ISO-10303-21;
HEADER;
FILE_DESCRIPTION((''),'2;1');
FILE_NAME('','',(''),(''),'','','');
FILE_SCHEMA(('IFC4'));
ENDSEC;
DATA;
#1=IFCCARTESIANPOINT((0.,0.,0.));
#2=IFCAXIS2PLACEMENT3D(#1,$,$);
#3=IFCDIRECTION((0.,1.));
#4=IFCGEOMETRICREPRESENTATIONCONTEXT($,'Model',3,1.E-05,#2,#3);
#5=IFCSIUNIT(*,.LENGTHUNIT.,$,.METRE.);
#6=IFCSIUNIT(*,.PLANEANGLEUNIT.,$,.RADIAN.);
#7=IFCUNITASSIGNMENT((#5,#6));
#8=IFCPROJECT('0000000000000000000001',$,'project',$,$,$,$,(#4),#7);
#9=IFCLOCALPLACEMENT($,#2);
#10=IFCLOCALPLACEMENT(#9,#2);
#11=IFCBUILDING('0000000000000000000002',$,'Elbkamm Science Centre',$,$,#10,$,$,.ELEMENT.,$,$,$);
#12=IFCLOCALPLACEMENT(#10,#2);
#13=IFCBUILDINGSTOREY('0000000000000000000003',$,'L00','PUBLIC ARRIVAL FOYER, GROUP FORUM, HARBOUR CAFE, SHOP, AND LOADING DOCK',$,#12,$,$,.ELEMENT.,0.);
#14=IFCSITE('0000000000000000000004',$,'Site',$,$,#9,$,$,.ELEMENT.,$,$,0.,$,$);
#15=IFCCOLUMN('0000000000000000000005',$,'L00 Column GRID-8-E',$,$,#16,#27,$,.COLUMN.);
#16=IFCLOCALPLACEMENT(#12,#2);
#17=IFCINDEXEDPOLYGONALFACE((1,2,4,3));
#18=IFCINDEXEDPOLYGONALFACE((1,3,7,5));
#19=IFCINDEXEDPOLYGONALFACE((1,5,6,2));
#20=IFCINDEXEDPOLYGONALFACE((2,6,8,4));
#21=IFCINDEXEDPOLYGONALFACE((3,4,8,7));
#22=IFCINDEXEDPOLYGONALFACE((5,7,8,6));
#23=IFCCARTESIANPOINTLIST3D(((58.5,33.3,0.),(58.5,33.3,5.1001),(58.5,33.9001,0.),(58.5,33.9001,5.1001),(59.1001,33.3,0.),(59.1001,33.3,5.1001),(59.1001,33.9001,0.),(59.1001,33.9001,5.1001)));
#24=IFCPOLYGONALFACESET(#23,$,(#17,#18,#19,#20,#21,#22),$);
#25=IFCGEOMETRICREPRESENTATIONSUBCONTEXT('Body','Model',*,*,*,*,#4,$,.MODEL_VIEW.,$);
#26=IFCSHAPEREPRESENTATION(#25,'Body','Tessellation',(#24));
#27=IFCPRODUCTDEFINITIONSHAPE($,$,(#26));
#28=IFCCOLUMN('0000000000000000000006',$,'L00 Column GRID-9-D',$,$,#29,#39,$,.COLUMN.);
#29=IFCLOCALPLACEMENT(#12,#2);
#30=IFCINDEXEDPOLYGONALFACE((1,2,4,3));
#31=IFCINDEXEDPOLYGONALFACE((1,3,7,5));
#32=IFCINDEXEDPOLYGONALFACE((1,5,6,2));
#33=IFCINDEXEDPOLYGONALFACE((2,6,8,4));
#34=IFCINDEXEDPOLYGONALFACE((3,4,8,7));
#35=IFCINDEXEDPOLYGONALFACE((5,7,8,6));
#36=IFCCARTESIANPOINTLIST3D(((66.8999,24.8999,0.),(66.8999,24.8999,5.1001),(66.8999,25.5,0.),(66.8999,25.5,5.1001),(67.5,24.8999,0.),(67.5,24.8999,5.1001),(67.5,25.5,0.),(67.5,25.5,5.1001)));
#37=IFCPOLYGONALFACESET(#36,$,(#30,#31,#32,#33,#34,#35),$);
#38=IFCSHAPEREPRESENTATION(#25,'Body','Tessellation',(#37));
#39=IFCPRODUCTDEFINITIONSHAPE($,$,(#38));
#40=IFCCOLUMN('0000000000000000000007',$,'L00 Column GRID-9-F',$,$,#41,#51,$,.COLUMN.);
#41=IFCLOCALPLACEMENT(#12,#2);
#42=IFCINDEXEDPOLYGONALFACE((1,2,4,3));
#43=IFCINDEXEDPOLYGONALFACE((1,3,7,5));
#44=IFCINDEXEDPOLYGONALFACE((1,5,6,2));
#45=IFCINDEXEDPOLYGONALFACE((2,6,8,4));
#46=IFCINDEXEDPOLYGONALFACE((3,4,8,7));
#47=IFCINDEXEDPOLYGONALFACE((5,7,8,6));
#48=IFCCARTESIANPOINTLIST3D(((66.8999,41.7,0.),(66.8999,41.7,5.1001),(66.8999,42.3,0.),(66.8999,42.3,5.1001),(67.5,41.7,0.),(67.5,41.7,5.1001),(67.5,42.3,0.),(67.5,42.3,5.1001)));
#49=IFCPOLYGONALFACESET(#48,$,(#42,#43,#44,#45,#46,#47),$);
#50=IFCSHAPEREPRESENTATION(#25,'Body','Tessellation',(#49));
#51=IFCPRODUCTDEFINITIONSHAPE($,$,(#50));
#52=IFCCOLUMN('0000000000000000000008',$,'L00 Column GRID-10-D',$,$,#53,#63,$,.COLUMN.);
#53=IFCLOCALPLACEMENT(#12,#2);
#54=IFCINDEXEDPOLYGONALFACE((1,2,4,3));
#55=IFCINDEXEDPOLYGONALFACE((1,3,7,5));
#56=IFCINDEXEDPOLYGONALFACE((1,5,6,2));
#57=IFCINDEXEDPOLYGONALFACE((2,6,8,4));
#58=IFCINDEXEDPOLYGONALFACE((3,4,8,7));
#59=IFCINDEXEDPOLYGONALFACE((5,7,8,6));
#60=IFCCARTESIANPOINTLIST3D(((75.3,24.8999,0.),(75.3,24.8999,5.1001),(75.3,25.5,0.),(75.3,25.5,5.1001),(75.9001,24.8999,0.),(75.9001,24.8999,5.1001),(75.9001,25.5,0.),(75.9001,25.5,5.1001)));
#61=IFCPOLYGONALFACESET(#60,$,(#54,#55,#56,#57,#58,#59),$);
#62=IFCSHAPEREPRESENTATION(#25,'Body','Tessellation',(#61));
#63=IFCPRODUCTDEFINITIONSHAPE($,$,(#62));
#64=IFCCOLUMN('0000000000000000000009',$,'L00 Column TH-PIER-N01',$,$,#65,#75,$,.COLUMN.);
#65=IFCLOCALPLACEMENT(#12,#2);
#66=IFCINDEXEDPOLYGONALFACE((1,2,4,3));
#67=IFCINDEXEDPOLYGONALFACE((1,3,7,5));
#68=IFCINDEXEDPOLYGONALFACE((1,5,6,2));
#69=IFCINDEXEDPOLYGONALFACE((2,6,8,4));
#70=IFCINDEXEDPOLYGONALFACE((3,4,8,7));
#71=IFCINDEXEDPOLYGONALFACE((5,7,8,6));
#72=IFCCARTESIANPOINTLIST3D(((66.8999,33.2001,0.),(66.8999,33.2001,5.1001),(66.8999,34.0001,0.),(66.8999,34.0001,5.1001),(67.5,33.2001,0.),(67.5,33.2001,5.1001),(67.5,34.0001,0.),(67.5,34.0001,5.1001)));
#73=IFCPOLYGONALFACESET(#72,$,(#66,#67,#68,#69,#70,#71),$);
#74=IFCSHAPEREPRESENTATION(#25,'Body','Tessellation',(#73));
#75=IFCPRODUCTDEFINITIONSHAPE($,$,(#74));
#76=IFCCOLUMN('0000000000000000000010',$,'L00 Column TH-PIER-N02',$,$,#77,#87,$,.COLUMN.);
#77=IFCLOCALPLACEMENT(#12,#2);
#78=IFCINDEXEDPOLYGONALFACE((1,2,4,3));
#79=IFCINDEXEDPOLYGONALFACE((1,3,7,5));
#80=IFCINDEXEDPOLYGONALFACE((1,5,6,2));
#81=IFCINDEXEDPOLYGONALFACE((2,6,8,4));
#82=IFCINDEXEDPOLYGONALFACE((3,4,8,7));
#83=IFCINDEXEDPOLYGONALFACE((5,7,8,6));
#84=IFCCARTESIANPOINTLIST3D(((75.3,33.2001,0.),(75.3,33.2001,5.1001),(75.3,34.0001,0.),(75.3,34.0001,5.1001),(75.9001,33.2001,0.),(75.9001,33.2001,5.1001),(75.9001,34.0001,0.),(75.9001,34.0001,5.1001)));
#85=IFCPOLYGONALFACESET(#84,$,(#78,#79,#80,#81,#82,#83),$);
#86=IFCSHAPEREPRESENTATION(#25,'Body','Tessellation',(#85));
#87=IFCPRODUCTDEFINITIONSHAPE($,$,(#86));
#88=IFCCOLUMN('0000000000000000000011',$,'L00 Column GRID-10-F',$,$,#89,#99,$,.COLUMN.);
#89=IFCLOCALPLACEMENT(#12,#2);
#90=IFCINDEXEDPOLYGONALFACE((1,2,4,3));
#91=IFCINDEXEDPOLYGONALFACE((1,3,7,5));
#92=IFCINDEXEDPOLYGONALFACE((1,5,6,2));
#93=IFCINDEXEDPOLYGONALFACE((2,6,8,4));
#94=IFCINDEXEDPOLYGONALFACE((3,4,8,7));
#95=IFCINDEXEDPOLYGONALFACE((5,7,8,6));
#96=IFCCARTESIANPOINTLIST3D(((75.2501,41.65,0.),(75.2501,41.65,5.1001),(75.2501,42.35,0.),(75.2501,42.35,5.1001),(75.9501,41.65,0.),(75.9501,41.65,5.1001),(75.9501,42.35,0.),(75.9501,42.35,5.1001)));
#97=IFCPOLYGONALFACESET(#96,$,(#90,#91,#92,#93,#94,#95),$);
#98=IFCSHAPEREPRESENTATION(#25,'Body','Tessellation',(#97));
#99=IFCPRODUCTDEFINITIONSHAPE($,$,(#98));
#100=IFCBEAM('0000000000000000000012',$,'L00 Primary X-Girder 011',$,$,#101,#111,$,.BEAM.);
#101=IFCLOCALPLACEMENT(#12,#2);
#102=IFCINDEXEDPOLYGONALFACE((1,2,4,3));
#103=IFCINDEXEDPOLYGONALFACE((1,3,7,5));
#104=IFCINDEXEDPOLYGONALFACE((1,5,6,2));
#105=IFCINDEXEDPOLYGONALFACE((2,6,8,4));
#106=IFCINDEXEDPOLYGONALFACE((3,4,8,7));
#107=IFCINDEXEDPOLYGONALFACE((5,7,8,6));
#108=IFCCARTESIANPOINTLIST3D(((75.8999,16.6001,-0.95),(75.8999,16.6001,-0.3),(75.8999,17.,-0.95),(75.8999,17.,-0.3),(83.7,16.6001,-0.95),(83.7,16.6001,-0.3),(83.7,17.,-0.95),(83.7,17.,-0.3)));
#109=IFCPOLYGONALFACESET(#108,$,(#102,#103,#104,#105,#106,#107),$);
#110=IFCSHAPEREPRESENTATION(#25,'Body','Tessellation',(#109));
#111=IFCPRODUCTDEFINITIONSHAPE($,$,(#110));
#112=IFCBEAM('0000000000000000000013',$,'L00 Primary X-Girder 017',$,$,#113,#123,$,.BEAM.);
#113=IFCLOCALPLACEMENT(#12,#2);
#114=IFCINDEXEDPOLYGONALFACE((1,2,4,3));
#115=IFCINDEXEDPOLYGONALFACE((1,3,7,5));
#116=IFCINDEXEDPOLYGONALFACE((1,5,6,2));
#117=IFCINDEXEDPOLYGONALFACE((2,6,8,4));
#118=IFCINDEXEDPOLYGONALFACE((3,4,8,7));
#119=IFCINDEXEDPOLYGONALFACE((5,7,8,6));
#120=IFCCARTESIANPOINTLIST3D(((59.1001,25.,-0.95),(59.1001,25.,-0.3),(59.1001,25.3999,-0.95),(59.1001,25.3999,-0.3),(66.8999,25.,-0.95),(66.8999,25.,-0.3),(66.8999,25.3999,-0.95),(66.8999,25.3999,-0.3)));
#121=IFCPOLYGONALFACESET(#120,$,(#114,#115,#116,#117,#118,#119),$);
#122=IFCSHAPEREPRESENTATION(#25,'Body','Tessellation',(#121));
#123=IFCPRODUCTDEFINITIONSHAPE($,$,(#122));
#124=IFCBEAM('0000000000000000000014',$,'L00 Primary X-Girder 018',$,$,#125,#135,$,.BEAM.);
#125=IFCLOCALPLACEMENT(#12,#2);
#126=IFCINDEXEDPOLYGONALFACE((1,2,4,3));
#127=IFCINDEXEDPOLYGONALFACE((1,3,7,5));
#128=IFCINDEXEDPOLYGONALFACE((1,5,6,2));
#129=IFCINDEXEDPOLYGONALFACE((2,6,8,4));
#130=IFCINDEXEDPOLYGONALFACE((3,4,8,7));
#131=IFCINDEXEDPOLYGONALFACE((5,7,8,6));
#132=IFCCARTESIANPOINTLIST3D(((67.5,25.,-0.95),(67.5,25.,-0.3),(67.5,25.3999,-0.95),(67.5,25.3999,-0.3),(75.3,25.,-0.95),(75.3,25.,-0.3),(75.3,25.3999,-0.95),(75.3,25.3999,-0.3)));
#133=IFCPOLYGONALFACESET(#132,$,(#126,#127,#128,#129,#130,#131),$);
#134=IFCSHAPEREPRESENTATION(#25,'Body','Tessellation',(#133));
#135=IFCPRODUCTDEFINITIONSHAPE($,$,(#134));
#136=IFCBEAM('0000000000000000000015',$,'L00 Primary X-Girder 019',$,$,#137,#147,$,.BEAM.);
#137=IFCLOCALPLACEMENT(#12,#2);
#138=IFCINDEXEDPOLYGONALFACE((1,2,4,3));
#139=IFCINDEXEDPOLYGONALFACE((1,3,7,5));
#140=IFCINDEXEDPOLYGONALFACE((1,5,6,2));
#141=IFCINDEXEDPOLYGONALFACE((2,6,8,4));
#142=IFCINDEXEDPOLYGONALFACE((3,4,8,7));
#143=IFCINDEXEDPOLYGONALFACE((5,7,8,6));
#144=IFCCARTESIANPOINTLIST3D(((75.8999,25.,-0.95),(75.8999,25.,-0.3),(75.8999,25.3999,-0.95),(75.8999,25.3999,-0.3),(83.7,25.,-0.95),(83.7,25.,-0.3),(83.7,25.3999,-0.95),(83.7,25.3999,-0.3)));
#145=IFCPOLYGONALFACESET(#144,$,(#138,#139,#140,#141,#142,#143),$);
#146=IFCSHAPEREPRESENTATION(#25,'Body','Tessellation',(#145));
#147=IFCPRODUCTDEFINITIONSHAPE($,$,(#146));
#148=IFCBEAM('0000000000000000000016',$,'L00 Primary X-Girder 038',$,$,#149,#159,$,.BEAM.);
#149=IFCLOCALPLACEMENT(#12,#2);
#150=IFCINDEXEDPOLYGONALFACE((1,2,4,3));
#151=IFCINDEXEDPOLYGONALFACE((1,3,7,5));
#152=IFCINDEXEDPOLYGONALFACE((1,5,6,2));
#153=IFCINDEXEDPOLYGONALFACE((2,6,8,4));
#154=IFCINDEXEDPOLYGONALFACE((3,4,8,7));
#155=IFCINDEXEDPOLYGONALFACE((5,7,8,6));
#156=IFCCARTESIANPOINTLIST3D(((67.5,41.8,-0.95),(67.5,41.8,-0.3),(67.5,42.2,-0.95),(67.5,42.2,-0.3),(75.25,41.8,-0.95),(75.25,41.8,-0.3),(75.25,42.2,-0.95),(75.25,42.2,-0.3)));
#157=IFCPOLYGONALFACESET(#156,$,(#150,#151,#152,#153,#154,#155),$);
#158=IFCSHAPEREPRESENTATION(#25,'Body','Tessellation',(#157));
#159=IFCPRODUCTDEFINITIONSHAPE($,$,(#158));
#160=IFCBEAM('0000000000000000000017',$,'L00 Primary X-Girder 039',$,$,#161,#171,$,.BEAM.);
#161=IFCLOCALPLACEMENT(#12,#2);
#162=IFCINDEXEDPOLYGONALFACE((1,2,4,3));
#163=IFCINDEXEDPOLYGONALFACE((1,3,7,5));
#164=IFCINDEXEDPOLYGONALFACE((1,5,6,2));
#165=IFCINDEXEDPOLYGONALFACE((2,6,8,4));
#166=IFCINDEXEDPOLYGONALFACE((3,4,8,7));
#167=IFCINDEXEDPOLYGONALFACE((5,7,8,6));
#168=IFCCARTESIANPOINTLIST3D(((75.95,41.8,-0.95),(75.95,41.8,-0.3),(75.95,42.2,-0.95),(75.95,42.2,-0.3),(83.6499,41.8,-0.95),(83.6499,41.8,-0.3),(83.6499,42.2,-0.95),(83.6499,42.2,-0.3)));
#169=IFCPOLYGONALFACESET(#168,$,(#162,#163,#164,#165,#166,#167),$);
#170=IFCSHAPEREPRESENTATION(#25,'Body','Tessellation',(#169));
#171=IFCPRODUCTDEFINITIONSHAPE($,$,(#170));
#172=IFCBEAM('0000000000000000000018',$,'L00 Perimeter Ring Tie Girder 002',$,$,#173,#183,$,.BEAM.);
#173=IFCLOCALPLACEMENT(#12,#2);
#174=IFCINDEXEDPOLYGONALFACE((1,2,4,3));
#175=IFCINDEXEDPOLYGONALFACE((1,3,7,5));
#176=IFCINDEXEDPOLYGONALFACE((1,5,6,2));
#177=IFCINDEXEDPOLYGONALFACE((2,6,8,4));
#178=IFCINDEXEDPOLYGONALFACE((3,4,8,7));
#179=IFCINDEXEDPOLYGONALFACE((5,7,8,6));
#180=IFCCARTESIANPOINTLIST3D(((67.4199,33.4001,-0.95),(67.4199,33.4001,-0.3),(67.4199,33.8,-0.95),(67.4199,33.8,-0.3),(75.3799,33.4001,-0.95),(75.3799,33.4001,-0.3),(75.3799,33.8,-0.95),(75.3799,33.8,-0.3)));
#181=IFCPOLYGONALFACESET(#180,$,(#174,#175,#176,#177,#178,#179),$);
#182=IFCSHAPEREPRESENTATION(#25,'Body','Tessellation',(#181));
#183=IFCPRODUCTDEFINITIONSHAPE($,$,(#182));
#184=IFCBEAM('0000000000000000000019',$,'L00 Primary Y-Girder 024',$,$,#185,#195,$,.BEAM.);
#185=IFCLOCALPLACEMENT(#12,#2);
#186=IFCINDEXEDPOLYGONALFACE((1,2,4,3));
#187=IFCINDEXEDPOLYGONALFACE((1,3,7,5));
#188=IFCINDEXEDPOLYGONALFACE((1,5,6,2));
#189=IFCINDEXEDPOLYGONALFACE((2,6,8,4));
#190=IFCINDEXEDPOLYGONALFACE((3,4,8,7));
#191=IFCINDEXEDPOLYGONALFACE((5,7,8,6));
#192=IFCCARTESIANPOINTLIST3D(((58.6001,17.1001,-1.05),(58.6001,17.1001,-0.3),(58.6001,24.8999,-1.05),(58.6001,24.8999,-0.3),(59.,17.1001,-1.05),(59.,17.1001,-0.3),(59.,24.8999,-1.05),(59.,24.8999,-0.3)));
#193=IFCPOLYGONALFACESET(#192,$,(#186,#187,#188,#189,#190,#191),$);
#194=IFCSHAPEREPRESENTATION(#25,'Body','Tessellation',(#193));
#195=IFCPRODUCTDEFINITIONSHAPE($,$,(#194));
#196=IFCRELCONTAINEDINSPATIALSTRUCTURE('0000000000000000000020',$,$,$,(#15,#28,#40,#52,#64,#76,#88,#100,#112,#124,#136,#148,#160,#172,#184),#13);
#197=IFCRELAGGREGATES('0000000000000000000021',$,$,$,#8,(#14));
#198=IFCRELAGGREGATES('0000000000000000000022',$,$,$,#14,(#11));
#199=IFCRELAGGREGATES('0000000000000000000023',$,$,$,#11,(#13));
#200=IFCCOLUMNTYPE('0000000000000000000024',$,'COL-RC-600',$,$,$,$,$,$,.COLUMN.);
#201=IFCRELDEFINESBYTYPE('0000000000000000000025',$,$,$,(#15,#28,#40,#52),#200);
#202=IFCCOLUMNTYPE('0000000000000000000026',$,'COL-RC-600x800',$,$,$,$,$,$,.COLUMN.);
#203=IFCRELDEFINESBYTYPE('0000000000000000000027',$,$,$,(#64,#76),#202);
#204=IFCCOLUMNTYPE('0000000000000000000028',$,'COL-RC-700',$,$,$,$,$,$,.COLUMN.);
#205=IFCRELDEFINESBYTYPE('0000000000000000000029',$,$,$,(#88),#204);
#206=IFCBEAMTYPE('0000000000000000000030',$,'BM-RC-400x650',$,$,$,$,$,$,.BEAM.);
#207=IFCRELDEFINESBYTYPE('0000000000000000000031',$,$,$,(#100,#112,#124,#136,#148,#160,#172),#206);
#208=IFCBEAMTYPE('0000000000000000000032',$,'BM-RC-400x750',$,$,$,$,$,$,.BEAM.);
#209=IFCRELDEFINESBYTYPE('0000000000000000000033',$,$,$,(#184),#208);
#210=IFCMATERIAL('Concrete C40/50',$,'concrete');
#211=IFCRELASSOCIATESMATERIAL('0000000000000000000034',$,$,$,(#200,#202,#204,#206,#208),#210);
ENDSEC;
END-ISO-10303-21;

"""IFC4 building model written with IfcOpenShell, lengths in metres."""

from ifc_helpers import new_model, si_unit, direction, frame, origin, origin_2d, place, context, subcontext, project, spatial, rectangle, extrude, material, material_profile, profile_set, type_object, element, save


model = new_model("IFC4")

# Units and contexts
model_context = context("Model", 3, precision=1e-05, world=origin(), true_north=direction((0.0, 1.0)))
body_context = subcontext(model_context, "Body", "Model", "MODEL_VIEW")
ifc_project = project(units=[si_unit("LENGTHUNIT", "METRE"), si_unit("PLANEANGLEUNIT", "RADIAN")], contexts=[model_context])

# Site, building, storey
site_placement = place(None, origin())
site = spatial("IfcSite", under=ifc_project, at=site_placement, Name="Site", CompositionType="ELEMENT", RefElevation=0.0)
building_placement = place(site_placement, origin())
building = spatial("IfcBuilding", under=site, at=building_placement, Name="Elbkamm Science Centre", CompositionType="ELEMENT")
storey_placement = place(building_placement, origin())
storey = spatial("IfcBuildingStorey", under=building, at=storey_placement, Name="L00", Description="PUBLIC ARRIVAL FOYER, GROUP FORUM, HARBOUR CAFE, SHOP, AND LOADING DOCK", CompositionType="ELEMENT", Elevation=0.0)

# Columns
ifc_material_1 = material(Name="Concrete C40/50", Category="concrete")
ifc_material_profile_1 = material_profile(ifc_material_1, rectangle(XDim=0.6001, YDim=0.6001, at=origin_2d()), Name="RC 600x600")
ifc_profile_set_1 = profile_set([ifc_material_profile_1], Name="Concrete C40/50")
column_type_1 = type_object("IfcColumnType", Name="COL-RC-600", PredefinedType="COLUMN", material=ifc_profile_set_1)
for number, where, z_axis, x_axis, name in (
    (1, (58.8, 33.6001, 0.0), (0.0, 0.0, 1.0), (1.0, 0.0, 0.0), "L00 Column GRID-8-E"),
    (2, (67.2, 25.2, 0.0), (0.0, 0.0, 1.0), (1.0, 0.0, 0.0), "L00 Column GRID-9-D"),
    (3, (67.2, 42.0, 0.0), (0.0, 0.0, 1.0), (1.0, 0.0, 0.0), "L00 Column GRID-9-F"),
    (4, (75.6001, 25.2, 0.0), (0.0, 0.0, 1.0), (1.0, 0.0, 0.0), "L00 Column GRID-10-D"),
):
    element("IfcColumn", number, at=place(storey_placement, frame(where, z_axis=z_axis, x_axis=x_axis)), inside=storey, type_object=column_type_1, Name=name, PredefinedType="COLUMN", context=body_context, shape_type="SweptSolid", body=[
        extrude(rectangle(XDim=0.6001, YDim=0.6001, at=origin_2d()), origin(), (0.0, 0.0, 1.0), 5.1001),
    ])
ifc_material_profile_2 = material_profile(ifc_material_1, rectangle(XDim=0.6001, YDim=0.8, at=origin_2d()), Name="RC 600x800")
ifc_profile_set_2 = profile_set([ifc_material_profile_2], Name="Concrete C40/50")
column_type_2 = type_object("IfcColumnType", Name="COL-RC-600x800", PredefinedType="COLUMN", material=ifc_profile_set_2)
for number, where, z_axis, x_axis, name in (
    (5, (67.2, 33.6001, 0.0), (0.0, 0.0, 1.0), (1.0, 0.0, 0.0), "L00 Column TH-PIER-N01"),
    (6, (75.6001, 33.6001, 0.0), (0.0, 0.0, 1.0), (1.0, 0.0, 0.0), "L00 Column TH-PIER-N02"),
):
    element("IfcColumn", number, at=place(storey_placement, frame(where, z_axis=z_axis, x_axis=x_axis)), inside=storey, type_object=column_type_2, Name=name, PredefinedType="COLUMN", context=body_context, shape_type="SweptSolid", body=[
        extrude(rectangle(XDim=0.6001, YDim=0.8, at=origin_2d()), origin(), (0.0, 0.0, 1.0), 5.1001),
    ])
ifc_material_profile_3 = material_profile(ifc_material_1, rectangle(XDim=0.7, YDim=0.7, at=origin_2d()), Name="RC 700x700")
ifc_profile_set_3 = profile_set([ifc_material_profile_3], Name="Concrete C40/50")
column_type_3 = type_object("IfcColumnType", Name="COL-RC-700", PredefinedType="COLUMN", material=ifc_profile_set_3)
column_placement = place(storey_placement, frame((75.6001, 42.0, 0.0), z_axis=(0.0, 0.0, 1.0), x_axis=(1.0, 0.0, 0.0)))
element("IfcColumn", 7, at=column_placement, inside=storey, type_object=column_type_3, Name="L00 Column GRID-10-F", PredefinedType="COLUMN", context=body_context, shape_type="SweptSolid", body=[
    extrude(rectangle(XDim=0.7, YDim=0.7, at=origin_2d()), origin(), (0.0, 0.0, 1.0), 5.1001),
])

# Beams
ifc_material_profile_4 = material_profile(ifc_material_1, rectangle(XDim=0.3999, YDim=0.6499, at=origin_2d()), Name="RC 400x650")
ifc_profile_set_4 = profile_set([ifc_material_profile_4], Name="Concrete C40/50")
beam_type_1 = type_object("IfcBeamType", Name="BM-RC-400x650", PredefinedType="BEAM", material=ifc_profile_set_4)
beam_1_placement = place(storey_placement, frame((75.8999, 16.8, -0.625), z_axis=(1.0, 0.0, 0.0), x_axis=(0.0, 1.0, 0.0)))
element("IfcBeam", 8, at=beam_1_placement, inside=storey, type_object=beam_type_1, Name="L00 Primary X-Girder 011", PredefinedType="BEAM", context=body_context, shape_type="SweptSolid", body=[
    extrude(rectangle(XDim=0.3999, YDim=0.6499, at=origin_2d()), origin(), (0.0, 0.0, 1.0), 7.8),
])
beam_2_placement = place(storey_placement, frame((59.1001, 25.2, -0.625), z_axis=(1.0, 0.0, 0.0), x_axis=(0.0, 1.0, 0.0)))
element("IfcBeam", 9, at=beam_2_placement, inside=storey, type_object=beam_type_1, Name="L00 Primary X-Girder 017", PredefinedType="BEAM", context=body_context, shape_type="SweptSolid", body=[
    extrude(rectangle(XDim=0.3999, YDim=0.6499, at=origin_2d()), origin(), (0.0, 0.0, 1.0), 7.7998),
])
for number, where, z_axis, x_axis, name in (
    (10, (67.5, 25.2, -0.625), (1.0, 0.0, 0.0), (0.0, 1.0, 0.0), "L00 Primary X-Girder 018"),
    (11, (75.8999, 25.2, -0.625), (1.0, 0.0, 0.0), (0.0, 1.0, 0.0), "L00 Primary X-Girder 019"),
):
    element("IfcBeam", number, at=place(storey_placement, frame(where, z_axis=z_axis, x_axis=x_axis)), inside=storey, type_object=beam_type_1, Name=name, PredefinedType="BEAM", context=body_context, shape_type="SweptSolid", body=[
        extrude(rectangle(XDim=0.3999, YDim=0.6499, at=origin_2d()), origin(), (0.0, 0.0, 1.0), 7.8),
    ])
beam_3_placement = place(storey_placement, frame((67.5, 42.0, -0.625), z_axis=(1.0, 0.0, 0.0), x_axis=(0.0, 1.0, 0.0)))
element("IfcBeam", 12, at=beam_3_placement, inside=storey, type_object=beam_type_1, Name="L00 Primary X-Girder 038", PredefinedType="BEAM", context=body_context, shape_type="SweptSolid", body=[
    extrude(rectangle(XDim=0.3999, YDim=0.6499, at=origin_2d()), origin(), (0.0, 0.0, 1.0), 7.75),
])
beam_4_placement = place(storey_placement, frame((75.95, 42.0, -0.625), z_axis=(1.0, 0.0, 0.0), x_axis=(0.0, 1.0, 0.0)))
element("IfcBeam", 13, at=beam_4_placement, inside=storey, type_object=beam_type_1, Name="L00 Primary X-Girder 039", PredefinedType="BEAM", context=body_context, shape_type="SweptSolid", body=[
    extrude(rectangle(XDim=0.3999, YDim=0.6499, at=origin_2d()), origin(), (0.0, 0.0, 1.0), 7.7),
])
beam_5_placement = place(storey_placement, frame((67.4199, 33.6001, -0.625), z_axis=(1.0, 0.0, 0.0), x_axis=(0.0, 1.0, 0.0)))
element("IfcBeam", 14, at=beam_5_placement, inside=storey, type_object=beam_type_1, Name="L00 Perimeter Ring Tie Girder 002", PredefinedType="BEAM", context=body_context, shape_type="SweptSolid", body=[
    extrude(rectangle(XDim=0.3999, YDim=0.6499, at=origin_2d()), origin(), (0.0, 0.0, 1.0), 7.96),
])
ifc_material_profile_5 = material_profile(ifc_material_1, rectangle(XDim=0.3999, YDim=0.75, at=origin_2d()), Name="RC 400x750")
ifc_profile_set_5 = profile_set([ifc_material_profile_5], Name="Concrete C40/50")
beam_type_2 = type_object("IfcBeamType", Name="BM-RC-400x750", PredefinedType="BEAM", material=ifc_profile_set_5)
beam_6_placement = place(storey_placement, frame((58.8, 17.1001, -0.675), z_axis=(0.0, 1.0, 0.0), x_axis=(-1.0, 0.0, 0.0)))
element("IfcBeam", 15, at=beam_6_placement, inside=storey, type_object=beam_type_2, Name="L00 Primary Y-Girder 024", PredefinedType="BEAM", context=body_context, shape_type="SweptSolid", body=[
    extrude(rectangle(XDim=0.3999, YDim=0.75, at=origin_2d()), origin(), (0.0, 0.0, 1.0), 7.7998),
])

save(model, "model.ifc")
